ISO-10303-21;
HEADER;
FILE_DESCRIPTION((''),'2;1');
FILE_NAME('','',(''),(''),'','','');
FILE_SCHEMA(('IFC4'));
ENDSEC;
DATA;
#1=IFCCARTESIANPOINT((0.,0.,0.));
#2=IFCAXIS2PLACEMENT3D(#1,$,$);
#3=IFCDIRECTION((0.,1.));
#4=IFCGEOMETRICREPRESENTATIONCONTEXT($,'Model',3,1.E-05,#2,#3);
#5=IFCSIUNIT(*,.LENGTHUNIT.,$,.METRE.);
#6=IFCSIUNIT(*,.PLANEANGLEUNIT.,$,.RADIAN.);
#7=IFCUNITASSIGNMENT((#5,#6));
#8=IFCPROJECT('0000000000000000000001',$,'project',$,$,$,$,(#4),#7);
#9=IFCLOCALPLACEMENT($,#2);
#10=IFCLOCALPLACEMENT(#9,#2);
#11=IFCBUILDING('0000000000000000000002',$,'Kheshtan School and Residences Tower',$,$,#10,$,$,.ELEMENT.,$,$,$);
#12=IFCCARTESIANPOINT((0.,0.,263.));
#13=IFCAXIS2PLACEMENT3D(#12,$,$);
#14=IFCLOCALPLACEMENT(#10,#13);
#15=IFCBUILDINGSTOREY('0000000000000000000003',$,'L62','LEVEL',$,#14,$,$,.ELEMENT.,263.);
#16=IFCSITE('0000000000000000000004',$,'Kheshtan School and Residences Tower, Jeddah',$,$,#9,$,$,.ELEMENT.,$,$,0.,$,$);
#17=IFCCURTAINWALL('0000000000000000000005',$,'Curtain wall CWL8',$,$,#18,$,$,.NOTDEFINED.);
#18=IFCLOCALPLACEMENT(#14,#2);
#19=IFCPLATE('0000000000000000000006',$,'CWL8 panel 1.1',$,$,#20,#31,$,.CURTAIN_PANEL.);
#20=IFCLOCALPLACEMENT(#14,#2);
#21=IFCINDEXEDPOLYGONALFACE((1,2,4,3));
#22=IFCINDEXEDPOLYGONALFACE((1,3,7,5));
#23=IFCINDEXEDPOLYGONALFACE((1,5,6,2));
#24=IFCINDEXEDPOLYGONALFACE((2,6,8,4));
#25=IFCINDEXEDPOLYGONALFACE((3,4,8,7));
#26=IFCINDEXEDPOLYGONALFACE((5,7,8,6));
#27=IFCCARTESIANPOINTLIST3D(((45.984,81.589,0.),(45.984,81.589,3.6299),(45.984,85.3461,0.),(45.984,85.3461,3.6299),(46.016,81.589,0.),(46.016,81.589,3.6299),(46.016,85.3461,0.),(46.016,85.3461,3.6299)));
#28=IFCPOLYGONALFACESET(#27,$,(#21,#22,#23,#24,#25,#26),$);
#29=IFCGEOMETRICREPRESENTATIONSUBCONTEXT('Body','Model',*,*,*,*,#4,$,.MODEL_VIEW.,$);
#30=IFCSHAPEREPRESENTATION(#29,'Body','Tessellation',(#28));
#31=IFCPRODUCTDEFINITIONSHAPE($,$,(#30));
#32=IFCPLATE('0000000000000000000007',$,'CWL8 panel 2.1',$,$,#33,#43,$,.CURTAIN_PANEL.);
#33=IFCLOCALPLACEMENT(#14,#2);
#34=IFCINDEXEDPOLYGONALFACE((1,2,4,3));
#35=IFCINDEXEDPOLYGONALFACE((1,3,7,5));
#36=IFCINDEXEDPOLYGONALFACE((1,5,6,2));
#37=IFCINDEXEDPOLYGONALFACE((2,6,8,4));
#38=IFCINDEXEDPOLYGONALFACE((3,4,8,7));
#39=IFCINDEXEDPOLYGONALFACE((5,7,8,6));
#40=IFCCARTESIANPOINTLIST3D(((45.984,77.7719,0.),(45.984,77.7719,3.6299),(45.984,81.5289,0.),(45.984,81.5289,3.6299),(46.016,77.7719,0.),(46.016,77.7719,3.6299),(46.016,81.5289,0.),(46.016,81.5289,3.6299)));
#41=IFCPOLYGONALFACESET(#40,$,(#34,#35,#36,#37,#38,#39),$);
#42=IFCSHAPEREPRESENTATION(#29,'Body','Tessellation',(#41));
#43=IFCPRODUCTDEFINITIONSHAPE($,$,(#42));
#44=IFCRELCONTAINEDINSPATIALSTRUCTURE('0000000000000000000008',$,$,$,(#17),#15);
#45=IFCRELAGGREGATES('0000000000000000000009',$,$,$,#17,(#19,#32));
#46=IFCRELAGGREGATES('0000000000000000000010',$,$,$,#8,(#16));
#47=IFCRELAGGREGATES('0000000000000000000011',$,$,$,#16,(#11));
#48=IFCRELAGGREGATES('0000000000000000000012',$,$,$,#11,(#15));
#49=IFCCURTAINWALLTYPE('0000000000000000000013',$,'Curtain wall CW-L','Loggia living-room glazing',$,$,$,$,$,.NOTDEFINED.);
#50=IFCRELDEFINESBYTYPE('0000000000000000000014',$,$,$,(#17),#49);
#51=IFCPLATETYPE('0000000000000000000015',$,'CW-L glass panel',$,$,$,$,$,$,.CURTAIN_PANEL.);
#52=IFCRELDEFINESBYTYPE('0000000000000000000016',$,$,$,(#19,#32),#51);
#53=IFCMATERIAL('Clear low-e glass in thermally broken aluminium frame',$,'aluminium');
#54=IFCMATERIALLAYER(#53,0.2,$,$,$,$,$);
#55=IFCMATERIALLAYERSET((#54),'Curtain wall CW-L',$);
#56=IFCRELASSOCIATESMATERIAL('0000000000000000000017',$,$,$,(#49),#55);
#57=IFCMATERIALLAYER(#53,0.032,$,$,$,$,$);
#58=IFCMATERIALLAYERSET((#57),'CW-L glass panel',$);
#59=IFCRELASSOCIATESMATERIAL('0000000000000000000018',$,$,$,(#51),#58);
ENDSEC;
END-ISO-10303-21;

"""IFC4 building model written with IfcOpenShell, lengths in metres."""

from ifc_helpers import new_model, si_unit, direction, frame, origin, origin_2d, place, context, subcontext, project, spatial, rectangle, extrude, material, layer, layer_set, type_object, element, aggregate, save


model = new_model("IFC4")

# Units and contexts
model_context = context("Model", 3, precision=1e-05, world=origin(), true_north=direction((0.0, 1.0)))
body_context = subcontext(model_context, "Body", "Model", "MODEL_VIEW")
ifc_project = project(units=[si_unit("LENGTHUNIT", "METRE"), si_unit("PLANEANGLEUNIT", "RADIAN")], contexts=[model_context])

# Site, building, storey
site_placement = place(None, origin())
site = spatial("IfcSite", under=ifc_project, at=site_placement, Name="Kheshtan School and Residences Tower, Jeddah", CompositionType="ELEMENT", RefElevation=0.0)
building_placement = place(site_placement, origin())
building = spatial("IfcBuilding", under=site, at=building_placement, Name="Kheshtan School and Residences Tower", CompositionType="ELEMENT")
storey_placement = place(building_placement, frame((0.0, 0.0, 263.0)))
storey = spatial("IfcBuildingStorey", under=building, at=storey_placement, Name="L62", Description="LEVEL", CompositionType="ELEMENT", Elevation=263.0)

# Curtain wall
ifc_material_1 = material(Name="Clear low-e glass in thermally broken aluminium frame", Category="aluminium")
ifc_layer_1 = layer(ifc_material_1, 0.2)
ifc_layer_set_1 = layer_set([ifc_layer_1], Name="Curtain wall CW-L")
curtain_wall_type = type_object("IfcCurtainWallType", Name="Curtain wall CW-L", Description="Loggia living-room glazing", PredefinedType="NOTDEFINED", material=ifc_layer_set_1)
curtain_wall_1_placement = place(storey_placement, origin())
curtain_wall_1 = element("IfcCurtainWall", 1, at=curtain_wall_1_placement, inside=storey, type_object=curtain_wall_type, Name="Curtain wall CWL8", PredefinedType="NOTDEFINED")

# Plates
ifc_layer_2 = layer(ifc_material_1, 0.032)
ifc_layer_set_2 = layer_set([ifc_layer_2], Name="CW-L glass panel")
plate_type = type_object("IfcPlateType", Name="CW-L glass panel", PredefinedType="CURTAIN_PANEL", material=ifc_layer_set_2)
plate_1_placement = place(storey_placement, frame((46.0, 83.4675, 0.0), z_axis=(0.0, 0.0, 1.0), x_axis=(0.0, -1.0, 0.0)))
plate_1 = element("IfcPlate", 2, at=plate_1_placement, type_object=plate_type, Name="CWL8 panel 1.1", PredefinedType="CURTAIN_PANEL", context=body_context, shape_type="SweptSolid", body=[
    extrude(rectangle(XDim=3.7571, YDim=0.032, at=origin_2d()), origin(), (0.0, 0.0, 1.0), 3.6299),
])
plate_2_placement = place(storey_placement, frame((46.0, 79.6504, 0.0), z_axis=(0.0, 0.0, 1.0), x_axis=(0.0, -1.0, 0.0)))
plate_2 = element("IfcPlate", 3, at=plate_2_placement, type_object=plate_type, Name="CWL8 panel 2.1", PredefinedType="CURTAIN_PANEL", context=body_context, shape_type="SweptSolid", body=[
    extrude(rectangle(XDim=3.7571, YDim=0.032, at=origin_2d()), origin(), (0.0, 0.0, 1.0), 3.6299),
])
aggregate(curtain_wall_1, [plate_1, plate_2])

save(model, "model.ifc")
